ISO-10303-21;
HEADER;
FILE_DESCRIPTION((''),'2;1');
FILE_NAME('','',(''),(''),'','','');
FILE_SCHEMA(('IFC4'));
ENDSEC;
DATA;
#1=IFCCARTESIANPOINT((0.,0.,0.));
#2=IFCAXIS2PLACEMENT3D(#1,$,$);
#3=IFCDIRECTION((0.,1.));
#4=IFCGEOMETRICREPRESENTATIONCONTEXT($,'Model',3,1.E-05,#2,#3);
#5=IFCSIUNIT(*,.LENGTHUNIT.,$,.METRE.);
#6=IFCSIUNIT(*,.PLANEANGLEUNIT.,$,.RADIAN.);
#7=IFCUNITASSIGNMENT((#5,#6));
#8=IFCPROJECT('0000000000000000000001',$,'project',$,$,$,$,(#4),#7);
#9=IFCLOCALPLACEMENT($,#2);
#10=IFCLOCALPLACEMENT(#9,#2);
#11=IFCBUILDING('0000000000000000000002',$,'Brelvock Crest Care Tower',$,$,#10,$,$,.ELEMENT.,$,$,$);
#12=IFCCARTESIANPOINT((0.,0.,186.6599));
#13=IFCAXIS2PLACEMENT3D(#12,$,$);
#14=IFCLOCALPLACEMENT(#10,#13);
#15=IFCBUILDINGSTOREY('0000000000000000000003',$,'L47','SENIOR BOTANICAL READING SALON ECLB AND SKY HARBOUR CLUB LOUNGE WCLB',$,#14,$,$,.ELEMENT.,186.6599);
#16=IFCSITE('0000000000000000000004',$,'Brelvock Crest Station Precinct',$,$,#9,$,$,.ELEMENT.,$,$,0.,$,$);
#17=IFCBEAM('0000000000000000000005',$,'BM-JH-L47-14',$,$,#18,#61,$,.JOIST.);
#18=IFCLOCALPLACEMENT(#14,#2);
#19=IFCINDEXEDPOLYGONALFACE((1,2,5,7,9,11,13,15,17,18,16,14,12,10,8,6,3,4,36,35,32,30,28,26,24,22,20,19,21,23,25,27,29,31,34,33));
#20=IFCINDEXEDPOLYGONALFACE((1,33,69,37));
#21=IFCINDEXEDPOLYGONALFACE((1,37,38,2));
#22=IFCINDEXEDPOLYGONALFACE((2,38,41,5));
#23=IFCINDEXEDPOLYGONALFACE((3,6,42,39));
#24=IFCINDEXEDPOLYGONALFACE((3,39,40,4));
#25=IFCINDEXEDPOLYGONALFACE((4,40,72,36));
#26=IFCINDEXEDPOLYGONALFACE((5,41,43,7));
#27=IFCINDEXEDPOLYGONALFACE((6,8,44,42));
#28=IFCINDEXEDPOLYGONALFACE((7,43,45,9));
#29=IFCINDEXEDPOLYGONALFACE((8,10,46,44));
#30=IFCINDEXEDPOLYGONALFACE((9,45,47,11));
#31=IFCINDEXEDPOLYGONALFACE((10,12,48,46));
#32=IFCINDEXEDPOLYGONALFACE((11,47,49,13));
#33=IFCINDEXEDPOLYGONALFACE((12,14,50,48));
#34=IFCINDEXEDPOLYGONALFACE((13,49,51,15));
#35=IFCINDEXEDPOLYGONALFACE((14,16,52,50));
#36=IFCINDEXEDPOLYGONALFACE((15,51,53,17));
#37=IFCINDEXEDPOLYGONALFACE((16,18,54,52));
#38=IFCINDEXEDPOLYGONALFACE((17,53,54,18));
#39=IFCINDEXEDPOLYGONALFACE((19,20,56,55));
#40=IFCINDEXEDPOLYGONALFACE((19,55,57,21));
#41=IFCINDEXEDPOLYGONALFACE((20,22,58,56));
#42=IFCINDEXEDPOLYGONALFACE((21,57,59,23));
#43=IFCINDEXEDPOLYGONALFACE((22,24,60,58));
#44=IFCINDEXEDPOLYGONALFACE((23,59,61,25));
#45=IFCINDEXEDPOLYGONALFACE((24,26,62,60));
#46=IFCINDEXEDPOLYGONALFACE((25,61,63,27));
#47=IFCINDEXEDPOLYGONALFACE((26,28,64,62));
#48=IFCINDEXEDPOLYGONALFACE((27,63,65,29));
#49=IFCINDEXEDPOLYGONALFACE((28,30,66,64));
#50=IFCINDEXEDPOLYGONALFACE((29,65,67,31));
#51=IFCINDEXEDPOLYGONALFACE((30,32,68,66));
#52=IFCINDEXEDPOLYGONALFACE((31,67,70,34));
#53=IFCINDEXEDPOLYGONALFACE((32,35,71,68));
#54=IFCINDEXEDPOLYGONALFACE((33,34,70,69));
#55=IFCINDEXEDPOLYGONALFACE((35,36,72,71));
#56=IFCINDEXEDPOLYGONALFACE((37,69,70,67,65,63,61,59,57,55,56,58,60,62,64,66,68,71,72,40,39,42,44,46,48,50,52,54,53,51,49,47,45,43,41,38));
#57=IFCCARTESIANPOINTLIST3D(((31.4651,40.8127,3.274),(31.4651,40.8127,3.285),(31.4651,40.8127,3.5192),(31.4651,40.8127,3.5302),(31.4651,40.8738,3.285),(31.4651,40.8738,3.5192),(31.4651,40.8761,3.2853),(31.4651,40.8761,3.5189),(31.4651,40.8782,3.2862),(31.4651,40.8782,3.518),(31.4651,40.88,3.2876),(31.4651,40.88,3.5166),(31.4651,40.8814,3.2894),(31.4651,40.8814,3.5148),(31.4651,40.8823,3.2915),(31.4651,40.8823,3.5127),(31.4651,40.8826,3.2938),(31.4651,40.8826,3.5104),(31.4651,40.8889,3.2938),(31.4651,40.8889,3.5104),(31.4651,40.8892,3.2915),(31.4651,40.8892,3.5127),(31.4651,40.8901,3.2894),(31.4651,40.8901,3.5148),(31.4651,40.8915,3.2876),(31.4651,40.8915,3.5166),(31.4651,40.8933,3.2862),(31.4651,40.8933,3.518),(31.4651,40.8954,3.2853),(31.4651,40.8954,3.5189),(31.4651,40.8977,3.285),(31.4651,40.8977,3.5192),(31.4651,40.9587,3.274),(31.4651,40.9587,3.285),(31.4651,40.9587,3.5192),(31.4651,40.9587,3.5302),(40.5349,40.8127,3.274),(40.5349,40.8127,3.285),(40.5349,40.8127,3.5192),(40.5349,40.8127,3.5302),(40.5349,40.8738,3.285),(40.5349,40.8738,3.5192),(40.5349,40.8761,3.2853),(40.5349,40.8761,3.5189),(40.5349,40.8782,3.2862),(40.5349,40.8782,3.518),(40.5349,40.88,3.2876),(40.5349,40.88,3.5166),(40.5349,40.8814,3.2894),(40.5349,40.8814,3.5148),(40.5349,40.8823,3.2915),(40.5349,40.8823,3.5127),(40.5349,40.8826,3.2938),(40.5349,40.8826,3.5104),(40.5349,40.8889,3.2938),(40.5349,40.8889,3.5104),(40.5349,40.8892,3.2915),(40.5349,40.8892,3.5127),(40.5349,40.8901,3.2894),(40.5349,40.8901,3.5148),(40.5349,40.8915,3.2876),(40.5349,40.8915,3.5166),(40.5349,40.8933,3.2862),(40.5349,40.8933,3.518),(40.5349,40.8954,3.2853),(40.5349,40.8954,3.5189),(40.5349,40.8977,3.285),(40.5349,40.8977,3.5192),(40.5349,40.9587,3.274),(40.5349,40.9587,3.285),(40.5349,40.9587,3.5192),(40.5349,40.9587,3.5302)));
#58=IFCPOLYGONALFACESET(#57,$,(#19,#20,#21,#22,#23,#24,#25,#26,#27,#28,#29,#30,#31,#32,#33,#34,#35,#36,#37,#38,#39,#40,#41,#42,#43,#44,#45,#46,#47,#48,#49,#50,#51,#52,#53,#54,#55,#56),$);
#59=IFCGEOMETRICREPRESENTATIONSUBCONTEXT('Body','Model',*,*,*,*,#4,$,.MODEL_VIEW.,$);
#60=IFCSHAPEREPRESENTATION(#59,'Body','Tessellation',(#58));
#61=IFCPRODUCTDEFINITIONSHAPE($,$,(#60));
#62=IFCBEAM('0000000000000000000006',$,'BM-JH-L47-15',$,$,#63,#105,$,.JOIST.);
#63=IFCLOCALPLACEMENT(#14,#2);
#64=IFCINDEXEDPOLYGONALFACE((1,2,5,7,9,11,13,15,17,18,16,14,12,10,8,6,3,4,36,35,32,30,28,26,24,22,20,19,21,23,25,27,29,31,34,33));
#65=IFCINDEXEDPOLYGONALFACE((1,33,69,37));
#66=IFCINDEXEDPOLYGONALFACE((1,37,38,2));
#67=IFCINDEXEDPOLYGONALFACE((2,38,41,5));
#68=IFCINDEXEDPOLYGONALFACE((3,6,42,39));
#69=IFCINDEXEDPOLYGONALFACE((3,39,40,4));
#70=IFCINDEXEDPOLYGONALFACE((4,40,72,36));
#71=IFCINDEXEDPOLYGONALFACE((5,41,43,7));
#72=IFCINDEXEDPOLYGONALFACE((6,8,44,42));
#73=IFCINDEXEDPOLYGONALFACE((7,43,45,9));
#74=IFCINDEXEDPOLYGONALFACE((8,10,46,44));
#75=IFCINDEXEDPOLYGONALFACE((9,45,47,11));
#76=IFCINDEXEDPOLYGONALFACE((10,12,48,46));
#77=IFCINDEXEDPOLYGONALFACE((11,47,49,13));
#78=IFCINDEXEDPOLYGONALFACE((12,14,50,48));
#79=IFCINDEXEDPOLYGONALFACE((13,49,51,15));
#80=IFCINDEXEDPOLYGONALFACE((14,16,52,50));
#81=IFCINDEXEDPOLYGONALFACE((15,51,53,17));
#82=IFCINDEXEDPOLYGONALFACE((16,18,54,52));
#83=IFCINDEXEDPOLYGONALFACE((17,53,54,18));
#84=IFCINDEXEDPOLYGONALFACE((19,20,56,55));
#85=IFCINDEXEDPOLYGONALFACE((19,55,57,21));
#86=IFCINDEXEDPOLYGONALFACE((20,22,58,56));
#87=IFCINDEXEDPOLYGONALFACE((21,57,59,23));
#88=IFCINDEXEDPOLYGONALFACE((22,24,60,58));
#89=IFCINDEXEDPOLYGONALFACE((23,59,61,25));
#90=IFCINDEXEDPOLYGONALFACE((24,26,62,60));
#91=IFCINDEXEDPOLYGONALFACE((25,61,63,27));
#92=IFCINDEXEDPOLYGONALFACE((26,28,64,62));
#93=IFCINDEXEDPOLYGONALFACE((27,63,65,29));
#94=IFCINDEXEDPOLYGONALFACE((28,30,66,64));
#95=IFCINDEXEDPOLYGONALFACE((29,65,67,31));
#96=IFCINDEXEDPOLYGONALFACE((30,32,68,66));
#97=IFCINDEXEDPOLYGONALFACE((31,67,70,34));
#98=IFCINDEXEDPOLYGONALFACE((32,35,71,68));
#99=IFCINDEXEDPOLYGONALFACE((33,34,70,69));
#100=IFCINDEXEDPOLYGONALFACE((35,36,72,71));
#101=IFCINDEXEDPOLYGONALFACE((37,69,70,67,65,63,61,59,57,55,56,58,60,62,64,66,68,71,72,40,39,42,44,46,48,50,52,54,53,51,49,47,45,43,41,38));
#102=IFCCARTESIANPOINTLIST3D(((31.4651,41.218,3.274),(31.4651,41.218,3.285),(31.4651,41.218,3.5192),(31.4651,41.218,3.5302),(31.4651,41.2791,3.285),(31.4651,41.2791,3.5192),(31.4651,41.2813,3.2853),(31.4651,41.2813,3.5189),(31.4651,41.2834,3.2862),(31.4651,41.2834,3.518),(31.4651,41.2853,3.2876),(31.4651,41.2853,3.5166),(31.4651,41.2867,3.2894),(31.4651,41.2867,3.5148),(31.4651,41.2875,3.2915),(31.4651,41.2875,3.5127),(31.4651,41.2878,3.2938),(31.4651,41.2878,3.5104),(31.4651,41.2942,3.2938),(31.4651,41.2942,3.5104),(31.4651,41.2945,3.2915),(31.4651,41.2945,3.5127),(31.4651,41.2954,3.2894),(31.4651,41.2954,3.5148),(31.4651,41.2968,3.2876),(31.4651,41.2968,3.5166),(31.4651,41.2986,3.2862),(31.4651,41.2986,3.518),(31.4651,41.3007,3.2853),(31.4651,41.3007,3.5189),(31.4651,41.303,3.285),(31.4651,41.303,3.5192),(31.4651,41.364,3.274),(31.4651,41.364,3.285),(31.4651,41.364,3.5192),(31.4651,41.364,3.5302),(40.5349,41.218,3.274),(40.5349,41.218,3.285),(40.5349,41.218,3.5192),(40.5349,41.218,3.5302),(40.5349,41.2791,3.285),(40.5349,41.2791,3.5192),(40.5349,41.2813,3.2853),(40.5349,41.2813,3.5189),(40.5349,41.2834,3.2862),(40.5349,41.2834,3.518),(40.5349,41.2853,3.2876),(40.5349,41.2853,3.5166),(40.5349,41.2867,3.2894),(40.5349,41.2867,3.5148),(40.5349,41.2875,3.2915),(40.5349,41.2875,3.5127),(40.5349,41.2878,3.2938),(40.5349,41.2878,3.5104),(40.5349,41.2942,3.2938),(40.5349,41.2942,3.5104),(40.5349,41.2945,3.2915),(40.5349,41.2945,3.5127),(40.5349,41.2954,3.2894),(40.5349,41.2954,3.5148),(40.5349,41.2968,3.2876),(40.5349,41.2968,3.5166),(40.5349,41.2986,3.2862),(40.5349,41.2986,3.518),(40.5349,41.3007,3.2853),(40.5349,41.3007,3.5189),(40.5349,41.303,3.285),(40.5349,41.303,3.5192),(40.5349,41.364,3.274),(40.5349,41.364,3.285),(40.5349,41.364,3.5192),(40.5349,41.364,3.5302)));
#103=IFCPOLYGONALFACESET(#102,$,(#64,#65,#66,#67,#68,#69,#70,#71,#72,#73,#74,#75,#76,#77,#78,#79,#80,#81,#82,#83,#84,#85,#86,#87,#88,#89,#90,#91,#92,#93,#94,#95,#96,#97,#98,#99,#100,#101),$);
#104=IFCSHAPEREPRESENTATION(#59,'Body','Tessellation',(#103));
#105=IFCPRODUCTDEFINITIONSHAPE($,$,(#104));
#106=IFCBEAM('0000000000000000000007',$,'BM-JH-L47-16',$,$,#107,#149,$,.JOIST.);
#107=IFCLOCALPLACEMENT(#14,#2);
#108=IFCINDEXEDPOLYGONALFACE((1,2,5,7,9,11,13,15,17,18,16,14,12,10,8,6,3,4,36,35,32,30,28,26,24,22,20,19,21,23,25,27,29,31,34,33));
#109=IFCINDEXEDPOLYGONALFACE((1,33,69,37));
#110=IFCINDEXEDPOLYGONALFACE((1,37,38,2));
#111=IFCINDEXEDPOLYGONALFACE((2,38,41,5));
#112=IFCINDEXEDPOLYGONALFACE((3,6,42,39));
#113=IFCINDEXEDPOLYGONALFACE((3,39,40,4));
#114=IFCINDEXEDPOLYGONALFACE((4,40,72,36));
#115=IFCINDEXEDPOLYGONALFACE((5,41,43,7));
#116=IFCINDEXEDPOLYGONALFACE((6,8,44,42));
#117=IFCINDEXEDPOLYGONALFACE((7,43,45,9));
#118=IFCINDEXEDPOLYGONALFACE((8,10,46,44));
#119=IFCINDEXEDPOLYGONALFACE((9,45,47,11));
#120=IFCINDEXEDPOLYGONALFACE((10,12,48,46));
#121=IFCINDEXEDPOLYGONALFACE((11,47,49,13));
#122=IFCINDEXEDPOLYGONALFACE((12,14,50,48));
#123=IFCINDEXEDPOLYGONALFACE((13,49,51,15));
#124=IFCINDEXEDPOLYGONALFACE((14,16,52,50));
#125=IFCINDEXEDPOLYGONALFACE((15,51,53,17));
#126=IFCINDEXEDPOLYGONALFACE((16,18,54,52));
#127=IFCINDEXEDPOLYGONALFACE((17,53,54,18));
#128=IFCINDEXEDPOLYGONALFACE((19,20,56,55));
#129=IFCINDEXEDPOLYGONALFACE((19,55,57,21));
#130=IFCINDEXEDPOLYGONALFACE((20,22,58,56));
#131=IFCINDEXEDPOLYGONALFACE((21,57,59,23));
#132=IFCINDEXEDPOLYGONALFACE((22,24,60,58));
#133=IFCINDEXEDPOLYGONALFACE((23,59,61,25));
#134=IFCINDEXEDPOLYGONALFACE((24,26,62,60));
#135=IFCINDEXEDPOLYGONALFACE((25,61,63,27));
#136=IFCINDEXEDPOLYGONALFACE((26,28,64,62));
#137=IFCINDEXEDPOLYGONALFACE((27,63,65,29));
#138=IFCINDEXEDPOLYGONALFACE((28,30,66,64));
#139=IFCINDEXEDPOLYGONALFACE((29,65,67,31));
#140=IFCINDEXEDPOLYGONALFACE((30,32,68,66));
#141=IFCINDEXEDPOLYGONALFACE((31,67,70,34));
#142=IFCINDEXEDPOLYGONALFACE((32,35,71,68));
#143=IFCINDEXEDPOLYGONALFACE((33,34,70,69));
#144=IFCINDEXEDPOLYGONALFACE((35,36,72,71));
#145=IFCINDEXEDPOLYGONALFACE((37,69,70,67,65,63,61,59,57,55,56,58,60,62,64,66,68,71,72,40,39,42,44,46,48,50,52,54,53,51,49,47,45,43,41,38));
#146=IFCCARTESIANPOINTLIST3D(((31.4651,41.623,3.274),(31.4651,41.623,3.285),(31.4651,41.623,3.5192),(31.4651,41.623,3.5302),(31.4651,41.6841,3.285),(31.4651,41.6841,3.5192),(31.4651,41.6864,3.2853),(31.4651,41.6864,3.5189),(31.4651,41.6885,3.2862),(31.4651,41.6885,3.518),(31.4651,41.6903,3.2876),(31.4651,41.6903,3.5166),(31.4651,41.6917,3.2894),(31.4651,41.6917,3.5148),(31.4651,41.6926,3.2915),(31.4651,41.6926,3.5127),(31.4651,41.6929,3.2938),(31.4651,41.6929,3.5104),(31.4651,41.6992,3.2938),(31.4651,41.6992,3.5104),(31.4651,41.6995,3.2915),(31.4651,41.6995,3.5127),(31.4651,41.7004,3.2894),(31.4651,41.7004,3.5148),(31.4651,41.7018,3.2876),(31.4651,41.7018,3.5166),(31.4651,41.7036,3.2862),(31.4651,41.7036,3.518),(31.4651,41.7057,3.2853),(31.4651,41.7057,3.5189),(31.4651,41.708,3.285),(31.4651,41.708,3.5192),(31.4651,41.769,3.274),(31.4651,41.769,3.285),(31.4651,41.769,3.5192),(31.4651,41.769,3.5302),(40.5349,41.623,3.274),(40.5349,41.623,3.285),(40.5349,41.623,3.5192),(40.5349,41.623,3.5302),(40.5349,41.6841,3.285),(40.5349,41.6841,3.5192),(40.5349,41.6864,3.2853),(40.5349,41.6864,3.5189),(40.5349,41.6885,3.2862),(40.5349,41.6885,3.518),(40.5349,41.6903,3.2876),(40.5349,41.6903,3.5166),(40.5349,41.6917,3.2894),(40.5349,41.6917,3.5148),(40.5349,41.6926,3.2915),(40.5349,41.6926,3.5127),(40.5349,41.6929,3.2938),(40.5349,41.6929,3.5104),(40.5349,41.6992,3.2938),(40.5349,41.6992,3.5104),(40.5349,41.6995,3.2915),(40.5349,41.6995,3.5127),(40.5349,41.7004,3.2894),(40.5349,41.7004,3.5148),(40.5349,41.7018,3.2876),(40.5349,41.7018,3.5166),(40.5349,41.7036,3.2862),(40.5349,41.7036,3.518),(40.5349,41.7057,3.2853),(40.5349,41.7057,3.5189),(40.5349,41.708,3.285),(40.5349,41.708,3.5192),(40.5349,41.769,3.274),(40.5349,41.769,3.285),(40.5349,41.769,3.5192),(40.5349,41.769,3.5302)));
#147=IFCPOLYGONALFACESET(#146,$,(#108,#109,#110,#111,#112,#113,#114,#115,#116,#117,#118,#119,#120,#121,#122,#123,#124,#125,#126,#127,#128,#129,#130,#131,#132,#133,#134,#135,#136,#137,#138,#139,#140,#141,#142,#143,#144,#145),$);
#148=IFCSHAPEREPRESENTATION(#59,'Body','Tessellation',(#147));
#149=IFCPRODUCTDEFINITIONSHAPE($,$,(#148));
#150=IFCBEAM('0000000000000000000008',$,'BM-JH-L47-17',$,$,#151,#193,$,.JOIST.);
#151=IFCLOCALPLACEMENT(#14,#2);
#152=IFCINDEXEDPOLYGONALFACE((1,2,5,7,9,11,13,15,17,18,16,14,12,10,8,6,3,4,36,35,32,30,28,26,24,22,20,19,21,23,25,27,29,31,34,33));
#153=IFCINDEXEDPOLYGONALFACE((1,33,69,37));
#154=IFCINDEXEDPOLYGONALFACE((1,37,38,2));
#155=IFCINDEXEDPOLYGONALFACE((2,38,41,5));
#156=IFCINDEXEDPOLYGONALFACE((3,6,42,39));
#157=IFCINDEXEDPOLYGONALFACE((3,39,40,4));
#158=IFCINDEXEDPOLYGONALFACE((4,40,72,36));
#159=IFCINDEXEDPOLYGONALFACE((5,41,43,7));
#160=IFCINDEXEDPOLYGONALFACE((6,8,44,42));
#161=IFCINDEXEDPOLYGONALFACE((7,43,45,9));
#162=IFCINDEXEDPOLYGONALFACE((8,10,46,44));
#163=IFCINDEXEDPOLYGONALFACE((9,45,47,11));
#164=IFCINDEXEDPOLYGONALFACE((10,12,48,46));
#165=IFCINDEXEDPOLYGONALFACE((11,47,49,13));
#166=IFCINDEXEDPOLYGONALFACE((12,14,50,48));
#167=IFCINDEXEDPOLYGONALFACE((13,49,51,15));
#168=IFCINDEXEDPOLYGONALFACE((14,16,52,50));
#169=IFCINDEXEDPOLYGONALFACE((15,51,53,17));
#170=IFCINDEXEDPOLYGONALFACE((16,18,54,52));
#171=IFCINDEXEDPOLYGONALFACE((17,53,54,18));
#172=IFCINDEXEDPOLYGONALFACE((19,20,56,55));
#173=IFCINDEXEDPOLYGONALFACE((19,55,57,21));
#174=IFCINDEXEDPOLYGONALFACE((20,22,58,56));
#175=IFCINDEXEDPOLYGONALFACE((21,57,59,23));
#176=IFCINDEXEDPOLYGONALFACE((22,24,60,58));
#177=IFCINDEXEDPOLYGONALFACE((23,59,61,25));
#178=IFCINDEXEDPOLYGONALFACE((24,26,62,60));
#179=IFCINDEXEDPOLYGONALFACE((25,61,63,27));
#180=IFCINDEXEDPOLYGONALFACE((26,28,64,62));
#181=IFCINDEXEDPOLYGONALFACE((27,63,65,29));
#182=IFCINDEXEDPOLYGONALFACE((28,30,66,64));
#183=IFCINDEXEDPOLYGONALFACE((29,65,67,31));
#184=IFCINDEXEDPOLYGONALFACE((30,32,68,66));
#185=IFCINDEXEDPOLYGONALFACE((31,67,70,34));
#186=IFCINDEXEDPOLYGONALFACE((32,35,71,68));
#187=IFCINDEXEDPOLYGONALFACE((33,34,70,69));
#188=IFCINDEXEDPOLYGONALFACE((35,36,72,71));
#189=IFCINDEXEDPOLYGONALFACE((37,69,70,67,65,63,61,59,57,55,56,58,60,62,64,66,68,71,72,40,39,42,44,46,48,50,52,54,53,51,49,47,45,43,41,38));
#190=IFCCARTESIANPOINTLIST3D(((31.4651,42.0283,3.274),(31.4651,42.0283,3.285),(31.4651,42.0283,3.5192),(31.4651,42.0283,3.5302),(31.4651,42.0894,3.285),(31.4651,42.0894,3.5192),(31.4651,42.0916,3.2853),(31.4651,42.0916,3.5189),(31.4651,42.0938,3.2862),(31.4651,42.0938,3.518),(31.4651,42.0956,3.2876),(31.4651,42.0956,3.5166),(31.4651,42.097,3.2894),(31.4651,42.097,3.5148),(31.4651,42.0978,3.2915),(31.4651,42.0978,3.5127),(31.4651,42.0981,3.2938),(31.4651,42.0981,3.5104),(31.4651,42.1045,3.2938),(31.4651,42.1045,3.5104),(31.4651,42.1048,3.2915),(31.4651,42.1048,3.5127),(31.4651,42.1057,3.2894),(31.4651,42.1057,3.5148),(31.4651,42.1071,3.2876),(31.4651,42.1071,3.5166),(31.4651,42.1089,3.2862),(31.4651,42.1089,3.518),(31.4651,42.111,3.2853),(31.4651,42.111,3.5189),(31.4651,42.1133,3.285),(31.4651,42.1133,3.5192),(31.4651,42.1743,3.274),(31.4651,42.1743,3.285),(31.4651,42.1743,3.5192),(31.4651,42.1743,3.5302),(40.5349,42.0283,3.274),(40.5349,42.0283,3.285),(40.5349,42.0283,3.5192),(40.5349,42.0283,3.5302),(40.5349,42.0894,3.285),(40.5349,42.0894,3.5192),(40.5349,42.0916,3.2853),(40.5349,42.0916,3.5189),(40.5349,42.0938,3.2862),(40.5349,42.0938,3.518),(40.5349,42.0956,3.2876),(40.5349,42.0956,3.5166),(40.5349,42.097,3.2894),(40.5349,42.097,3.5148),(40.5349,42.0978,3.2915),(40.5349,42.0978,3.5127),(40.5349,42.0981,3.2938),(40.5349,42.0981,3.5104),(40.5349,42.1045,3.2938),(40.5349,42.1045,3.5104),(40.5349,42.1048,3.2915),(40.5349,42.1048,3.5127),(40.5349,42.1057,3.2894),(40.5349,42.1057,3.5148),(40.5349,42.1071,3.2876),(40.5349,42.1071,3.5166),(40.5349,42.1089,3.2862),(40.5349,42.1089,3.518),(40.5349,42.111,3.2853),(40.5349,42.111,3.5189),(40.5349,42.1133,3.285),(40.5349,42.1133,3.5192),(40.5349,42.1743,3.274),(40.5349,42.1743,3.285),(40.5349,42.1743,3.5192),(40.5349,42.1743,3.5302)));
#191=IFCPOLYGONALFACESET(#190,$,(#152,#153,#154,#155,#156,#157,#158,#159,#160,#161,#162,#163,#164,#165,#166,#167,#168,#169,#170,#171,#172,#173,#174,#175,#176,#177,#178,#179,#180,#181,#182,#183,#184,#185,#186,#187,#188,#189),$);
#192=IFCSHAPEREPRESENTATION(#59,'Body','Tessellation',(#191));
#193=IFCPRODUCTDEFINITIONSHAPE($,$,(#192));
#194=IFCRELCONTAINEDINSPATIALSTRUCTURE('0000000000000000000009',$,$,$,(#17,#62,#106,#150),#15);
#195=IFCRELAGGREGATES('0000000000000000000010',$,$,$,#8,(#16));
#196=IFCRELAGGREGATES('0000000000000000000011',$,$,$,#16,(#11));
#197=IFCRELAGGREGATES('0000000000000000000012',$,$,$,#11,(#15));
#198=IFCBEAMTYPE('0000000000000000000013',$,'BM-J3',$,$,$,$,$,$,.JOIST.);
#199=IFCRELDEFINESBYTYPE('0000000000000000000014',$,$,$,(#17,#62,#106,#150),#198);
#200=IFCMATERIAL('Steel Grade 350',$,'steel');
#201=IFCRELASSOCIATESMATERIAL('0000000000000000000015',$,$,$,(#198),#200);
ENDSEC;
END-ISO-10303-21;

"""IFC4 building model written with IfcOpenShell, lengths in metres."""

from ifc_helpers import new_model, si_unit, direction, frame, origin, origin_2d, place, context, subcontext, project, spatial, i_section, extrude, source, transform, mapped, material, material_profile, profile_set, type_object, element, save


model = new_model("IFC4")

# Units and contexts
model_context = context("Model", 3, precision=1e-05, world=origin(), true_north=direction((0.0, 1.0)))
body_context = subcontext(model_context, "Body", "Model", "MODEL_VIEW")
ifc_project = project(units=[si_unit("LENGTHUNIT", "METRE"), si_unit("PLANEANGLEUNIT", "RADIAN")], contexts=[model_context])

# Site, building, storey
site_placement = place(None, origin())
site = spatial("IfcSite", under=ifc_project, at=site_placement, Name="Brelvock Crest Station Precinct", CompositionType="ELEMENT", RefElevation=0.0)
building_placement = place(site_placement, origin())
building = spatial("IfcBuilding", under=site, at=building_placement, Name="Brelvock Crest Care Tower", CompositionType="ELEMENT")
storey_placement = place(building_placement, frame((0.0, 0.0, 186.6599)))
storey = spatial("IfcBuildingStorey", under=building, at=storey_placement, Name="L47", Description="SENIOR BOTANICAL READING SALON ECLB AND SKY HARBOUR CLUB LOUNGE WCLB", CompositionType="ELEMENT", Elevation=186.6599)

# Beams
ifc_material = material(Name="Steel Grade 350", Category="steel")
ifc_material_profile_1 = material_profile(ifc_material, i_section(OverallWidth=0.146, OverallDepth=0.2561, WebThickness=0.0063, FlangeThickness=0.011, FilletRadius=0.0088, at=origin_2d()), Name="250UB37.3")
ifc_profile_set_1 = profile_set([ifc_material_profile_1], Name="Steel Grade 350")
beam_type_1 = type_object("IfcBeamType", Name="BM-J3", PredefinedType="JOIST", material=ifc_profile_set_1)
shared_shape_1 = source(origin(), body_context, "Body", "SweptSolid", [
    extrude(i_section(OverallWidth=0.146, OverallDepth=0.2561, WebThickness=0.0063, FlangeThickness=0.011, FilletRadius=0.0088, at=origin_2d()), origin(), (0.0, 0.0, 1.0), 9.0698),
])
for number, where, z_axis, x_axis, name in (
    (1, (31.4651, 40.8857, 3.4021), (1.0, 0.0, 0.0), (0.0, 1.0, 0.0), "BM-JH-L47-14"),
    (2, (31.4651, 41.291, 3.4021), (1.0, 0.0, 0.0), (0.0, 1.0, 0.0), "BM-JH-L47-15"),
    (3, (31.4651, 41.696, 3.4021), (1.0, 0.0, 0.0), (0.0, 1.0, 0.0), "BM-JH-L47-16"),
    (4, (31.4651, 42.1013, 3.4021), (1.0, 0.0, 0.0), (0.0, 1.0, 0.0), "BM-JH-L47-17"),
):
    element("IfcBeam", number, at=place(storey_placement, frame(where, z_axis=z_axis, x_axis=x_axis)), inside=storey, type_object=beam_type_1, Name=name, PredefinedType="JOIST", context=body_context, shape_type="MappedRepresentation", body=[
        mapped(shared_shape_1, transform((0.0, 0.0, 0.0), x_axis=(1.0, 0.0, 0.0), y_axis=(0.0, 1.0, 0.0), z_axis=(0.0, 0.0, 1.0), scale=1.0)),
    ])

save(model, "model.ifc")
